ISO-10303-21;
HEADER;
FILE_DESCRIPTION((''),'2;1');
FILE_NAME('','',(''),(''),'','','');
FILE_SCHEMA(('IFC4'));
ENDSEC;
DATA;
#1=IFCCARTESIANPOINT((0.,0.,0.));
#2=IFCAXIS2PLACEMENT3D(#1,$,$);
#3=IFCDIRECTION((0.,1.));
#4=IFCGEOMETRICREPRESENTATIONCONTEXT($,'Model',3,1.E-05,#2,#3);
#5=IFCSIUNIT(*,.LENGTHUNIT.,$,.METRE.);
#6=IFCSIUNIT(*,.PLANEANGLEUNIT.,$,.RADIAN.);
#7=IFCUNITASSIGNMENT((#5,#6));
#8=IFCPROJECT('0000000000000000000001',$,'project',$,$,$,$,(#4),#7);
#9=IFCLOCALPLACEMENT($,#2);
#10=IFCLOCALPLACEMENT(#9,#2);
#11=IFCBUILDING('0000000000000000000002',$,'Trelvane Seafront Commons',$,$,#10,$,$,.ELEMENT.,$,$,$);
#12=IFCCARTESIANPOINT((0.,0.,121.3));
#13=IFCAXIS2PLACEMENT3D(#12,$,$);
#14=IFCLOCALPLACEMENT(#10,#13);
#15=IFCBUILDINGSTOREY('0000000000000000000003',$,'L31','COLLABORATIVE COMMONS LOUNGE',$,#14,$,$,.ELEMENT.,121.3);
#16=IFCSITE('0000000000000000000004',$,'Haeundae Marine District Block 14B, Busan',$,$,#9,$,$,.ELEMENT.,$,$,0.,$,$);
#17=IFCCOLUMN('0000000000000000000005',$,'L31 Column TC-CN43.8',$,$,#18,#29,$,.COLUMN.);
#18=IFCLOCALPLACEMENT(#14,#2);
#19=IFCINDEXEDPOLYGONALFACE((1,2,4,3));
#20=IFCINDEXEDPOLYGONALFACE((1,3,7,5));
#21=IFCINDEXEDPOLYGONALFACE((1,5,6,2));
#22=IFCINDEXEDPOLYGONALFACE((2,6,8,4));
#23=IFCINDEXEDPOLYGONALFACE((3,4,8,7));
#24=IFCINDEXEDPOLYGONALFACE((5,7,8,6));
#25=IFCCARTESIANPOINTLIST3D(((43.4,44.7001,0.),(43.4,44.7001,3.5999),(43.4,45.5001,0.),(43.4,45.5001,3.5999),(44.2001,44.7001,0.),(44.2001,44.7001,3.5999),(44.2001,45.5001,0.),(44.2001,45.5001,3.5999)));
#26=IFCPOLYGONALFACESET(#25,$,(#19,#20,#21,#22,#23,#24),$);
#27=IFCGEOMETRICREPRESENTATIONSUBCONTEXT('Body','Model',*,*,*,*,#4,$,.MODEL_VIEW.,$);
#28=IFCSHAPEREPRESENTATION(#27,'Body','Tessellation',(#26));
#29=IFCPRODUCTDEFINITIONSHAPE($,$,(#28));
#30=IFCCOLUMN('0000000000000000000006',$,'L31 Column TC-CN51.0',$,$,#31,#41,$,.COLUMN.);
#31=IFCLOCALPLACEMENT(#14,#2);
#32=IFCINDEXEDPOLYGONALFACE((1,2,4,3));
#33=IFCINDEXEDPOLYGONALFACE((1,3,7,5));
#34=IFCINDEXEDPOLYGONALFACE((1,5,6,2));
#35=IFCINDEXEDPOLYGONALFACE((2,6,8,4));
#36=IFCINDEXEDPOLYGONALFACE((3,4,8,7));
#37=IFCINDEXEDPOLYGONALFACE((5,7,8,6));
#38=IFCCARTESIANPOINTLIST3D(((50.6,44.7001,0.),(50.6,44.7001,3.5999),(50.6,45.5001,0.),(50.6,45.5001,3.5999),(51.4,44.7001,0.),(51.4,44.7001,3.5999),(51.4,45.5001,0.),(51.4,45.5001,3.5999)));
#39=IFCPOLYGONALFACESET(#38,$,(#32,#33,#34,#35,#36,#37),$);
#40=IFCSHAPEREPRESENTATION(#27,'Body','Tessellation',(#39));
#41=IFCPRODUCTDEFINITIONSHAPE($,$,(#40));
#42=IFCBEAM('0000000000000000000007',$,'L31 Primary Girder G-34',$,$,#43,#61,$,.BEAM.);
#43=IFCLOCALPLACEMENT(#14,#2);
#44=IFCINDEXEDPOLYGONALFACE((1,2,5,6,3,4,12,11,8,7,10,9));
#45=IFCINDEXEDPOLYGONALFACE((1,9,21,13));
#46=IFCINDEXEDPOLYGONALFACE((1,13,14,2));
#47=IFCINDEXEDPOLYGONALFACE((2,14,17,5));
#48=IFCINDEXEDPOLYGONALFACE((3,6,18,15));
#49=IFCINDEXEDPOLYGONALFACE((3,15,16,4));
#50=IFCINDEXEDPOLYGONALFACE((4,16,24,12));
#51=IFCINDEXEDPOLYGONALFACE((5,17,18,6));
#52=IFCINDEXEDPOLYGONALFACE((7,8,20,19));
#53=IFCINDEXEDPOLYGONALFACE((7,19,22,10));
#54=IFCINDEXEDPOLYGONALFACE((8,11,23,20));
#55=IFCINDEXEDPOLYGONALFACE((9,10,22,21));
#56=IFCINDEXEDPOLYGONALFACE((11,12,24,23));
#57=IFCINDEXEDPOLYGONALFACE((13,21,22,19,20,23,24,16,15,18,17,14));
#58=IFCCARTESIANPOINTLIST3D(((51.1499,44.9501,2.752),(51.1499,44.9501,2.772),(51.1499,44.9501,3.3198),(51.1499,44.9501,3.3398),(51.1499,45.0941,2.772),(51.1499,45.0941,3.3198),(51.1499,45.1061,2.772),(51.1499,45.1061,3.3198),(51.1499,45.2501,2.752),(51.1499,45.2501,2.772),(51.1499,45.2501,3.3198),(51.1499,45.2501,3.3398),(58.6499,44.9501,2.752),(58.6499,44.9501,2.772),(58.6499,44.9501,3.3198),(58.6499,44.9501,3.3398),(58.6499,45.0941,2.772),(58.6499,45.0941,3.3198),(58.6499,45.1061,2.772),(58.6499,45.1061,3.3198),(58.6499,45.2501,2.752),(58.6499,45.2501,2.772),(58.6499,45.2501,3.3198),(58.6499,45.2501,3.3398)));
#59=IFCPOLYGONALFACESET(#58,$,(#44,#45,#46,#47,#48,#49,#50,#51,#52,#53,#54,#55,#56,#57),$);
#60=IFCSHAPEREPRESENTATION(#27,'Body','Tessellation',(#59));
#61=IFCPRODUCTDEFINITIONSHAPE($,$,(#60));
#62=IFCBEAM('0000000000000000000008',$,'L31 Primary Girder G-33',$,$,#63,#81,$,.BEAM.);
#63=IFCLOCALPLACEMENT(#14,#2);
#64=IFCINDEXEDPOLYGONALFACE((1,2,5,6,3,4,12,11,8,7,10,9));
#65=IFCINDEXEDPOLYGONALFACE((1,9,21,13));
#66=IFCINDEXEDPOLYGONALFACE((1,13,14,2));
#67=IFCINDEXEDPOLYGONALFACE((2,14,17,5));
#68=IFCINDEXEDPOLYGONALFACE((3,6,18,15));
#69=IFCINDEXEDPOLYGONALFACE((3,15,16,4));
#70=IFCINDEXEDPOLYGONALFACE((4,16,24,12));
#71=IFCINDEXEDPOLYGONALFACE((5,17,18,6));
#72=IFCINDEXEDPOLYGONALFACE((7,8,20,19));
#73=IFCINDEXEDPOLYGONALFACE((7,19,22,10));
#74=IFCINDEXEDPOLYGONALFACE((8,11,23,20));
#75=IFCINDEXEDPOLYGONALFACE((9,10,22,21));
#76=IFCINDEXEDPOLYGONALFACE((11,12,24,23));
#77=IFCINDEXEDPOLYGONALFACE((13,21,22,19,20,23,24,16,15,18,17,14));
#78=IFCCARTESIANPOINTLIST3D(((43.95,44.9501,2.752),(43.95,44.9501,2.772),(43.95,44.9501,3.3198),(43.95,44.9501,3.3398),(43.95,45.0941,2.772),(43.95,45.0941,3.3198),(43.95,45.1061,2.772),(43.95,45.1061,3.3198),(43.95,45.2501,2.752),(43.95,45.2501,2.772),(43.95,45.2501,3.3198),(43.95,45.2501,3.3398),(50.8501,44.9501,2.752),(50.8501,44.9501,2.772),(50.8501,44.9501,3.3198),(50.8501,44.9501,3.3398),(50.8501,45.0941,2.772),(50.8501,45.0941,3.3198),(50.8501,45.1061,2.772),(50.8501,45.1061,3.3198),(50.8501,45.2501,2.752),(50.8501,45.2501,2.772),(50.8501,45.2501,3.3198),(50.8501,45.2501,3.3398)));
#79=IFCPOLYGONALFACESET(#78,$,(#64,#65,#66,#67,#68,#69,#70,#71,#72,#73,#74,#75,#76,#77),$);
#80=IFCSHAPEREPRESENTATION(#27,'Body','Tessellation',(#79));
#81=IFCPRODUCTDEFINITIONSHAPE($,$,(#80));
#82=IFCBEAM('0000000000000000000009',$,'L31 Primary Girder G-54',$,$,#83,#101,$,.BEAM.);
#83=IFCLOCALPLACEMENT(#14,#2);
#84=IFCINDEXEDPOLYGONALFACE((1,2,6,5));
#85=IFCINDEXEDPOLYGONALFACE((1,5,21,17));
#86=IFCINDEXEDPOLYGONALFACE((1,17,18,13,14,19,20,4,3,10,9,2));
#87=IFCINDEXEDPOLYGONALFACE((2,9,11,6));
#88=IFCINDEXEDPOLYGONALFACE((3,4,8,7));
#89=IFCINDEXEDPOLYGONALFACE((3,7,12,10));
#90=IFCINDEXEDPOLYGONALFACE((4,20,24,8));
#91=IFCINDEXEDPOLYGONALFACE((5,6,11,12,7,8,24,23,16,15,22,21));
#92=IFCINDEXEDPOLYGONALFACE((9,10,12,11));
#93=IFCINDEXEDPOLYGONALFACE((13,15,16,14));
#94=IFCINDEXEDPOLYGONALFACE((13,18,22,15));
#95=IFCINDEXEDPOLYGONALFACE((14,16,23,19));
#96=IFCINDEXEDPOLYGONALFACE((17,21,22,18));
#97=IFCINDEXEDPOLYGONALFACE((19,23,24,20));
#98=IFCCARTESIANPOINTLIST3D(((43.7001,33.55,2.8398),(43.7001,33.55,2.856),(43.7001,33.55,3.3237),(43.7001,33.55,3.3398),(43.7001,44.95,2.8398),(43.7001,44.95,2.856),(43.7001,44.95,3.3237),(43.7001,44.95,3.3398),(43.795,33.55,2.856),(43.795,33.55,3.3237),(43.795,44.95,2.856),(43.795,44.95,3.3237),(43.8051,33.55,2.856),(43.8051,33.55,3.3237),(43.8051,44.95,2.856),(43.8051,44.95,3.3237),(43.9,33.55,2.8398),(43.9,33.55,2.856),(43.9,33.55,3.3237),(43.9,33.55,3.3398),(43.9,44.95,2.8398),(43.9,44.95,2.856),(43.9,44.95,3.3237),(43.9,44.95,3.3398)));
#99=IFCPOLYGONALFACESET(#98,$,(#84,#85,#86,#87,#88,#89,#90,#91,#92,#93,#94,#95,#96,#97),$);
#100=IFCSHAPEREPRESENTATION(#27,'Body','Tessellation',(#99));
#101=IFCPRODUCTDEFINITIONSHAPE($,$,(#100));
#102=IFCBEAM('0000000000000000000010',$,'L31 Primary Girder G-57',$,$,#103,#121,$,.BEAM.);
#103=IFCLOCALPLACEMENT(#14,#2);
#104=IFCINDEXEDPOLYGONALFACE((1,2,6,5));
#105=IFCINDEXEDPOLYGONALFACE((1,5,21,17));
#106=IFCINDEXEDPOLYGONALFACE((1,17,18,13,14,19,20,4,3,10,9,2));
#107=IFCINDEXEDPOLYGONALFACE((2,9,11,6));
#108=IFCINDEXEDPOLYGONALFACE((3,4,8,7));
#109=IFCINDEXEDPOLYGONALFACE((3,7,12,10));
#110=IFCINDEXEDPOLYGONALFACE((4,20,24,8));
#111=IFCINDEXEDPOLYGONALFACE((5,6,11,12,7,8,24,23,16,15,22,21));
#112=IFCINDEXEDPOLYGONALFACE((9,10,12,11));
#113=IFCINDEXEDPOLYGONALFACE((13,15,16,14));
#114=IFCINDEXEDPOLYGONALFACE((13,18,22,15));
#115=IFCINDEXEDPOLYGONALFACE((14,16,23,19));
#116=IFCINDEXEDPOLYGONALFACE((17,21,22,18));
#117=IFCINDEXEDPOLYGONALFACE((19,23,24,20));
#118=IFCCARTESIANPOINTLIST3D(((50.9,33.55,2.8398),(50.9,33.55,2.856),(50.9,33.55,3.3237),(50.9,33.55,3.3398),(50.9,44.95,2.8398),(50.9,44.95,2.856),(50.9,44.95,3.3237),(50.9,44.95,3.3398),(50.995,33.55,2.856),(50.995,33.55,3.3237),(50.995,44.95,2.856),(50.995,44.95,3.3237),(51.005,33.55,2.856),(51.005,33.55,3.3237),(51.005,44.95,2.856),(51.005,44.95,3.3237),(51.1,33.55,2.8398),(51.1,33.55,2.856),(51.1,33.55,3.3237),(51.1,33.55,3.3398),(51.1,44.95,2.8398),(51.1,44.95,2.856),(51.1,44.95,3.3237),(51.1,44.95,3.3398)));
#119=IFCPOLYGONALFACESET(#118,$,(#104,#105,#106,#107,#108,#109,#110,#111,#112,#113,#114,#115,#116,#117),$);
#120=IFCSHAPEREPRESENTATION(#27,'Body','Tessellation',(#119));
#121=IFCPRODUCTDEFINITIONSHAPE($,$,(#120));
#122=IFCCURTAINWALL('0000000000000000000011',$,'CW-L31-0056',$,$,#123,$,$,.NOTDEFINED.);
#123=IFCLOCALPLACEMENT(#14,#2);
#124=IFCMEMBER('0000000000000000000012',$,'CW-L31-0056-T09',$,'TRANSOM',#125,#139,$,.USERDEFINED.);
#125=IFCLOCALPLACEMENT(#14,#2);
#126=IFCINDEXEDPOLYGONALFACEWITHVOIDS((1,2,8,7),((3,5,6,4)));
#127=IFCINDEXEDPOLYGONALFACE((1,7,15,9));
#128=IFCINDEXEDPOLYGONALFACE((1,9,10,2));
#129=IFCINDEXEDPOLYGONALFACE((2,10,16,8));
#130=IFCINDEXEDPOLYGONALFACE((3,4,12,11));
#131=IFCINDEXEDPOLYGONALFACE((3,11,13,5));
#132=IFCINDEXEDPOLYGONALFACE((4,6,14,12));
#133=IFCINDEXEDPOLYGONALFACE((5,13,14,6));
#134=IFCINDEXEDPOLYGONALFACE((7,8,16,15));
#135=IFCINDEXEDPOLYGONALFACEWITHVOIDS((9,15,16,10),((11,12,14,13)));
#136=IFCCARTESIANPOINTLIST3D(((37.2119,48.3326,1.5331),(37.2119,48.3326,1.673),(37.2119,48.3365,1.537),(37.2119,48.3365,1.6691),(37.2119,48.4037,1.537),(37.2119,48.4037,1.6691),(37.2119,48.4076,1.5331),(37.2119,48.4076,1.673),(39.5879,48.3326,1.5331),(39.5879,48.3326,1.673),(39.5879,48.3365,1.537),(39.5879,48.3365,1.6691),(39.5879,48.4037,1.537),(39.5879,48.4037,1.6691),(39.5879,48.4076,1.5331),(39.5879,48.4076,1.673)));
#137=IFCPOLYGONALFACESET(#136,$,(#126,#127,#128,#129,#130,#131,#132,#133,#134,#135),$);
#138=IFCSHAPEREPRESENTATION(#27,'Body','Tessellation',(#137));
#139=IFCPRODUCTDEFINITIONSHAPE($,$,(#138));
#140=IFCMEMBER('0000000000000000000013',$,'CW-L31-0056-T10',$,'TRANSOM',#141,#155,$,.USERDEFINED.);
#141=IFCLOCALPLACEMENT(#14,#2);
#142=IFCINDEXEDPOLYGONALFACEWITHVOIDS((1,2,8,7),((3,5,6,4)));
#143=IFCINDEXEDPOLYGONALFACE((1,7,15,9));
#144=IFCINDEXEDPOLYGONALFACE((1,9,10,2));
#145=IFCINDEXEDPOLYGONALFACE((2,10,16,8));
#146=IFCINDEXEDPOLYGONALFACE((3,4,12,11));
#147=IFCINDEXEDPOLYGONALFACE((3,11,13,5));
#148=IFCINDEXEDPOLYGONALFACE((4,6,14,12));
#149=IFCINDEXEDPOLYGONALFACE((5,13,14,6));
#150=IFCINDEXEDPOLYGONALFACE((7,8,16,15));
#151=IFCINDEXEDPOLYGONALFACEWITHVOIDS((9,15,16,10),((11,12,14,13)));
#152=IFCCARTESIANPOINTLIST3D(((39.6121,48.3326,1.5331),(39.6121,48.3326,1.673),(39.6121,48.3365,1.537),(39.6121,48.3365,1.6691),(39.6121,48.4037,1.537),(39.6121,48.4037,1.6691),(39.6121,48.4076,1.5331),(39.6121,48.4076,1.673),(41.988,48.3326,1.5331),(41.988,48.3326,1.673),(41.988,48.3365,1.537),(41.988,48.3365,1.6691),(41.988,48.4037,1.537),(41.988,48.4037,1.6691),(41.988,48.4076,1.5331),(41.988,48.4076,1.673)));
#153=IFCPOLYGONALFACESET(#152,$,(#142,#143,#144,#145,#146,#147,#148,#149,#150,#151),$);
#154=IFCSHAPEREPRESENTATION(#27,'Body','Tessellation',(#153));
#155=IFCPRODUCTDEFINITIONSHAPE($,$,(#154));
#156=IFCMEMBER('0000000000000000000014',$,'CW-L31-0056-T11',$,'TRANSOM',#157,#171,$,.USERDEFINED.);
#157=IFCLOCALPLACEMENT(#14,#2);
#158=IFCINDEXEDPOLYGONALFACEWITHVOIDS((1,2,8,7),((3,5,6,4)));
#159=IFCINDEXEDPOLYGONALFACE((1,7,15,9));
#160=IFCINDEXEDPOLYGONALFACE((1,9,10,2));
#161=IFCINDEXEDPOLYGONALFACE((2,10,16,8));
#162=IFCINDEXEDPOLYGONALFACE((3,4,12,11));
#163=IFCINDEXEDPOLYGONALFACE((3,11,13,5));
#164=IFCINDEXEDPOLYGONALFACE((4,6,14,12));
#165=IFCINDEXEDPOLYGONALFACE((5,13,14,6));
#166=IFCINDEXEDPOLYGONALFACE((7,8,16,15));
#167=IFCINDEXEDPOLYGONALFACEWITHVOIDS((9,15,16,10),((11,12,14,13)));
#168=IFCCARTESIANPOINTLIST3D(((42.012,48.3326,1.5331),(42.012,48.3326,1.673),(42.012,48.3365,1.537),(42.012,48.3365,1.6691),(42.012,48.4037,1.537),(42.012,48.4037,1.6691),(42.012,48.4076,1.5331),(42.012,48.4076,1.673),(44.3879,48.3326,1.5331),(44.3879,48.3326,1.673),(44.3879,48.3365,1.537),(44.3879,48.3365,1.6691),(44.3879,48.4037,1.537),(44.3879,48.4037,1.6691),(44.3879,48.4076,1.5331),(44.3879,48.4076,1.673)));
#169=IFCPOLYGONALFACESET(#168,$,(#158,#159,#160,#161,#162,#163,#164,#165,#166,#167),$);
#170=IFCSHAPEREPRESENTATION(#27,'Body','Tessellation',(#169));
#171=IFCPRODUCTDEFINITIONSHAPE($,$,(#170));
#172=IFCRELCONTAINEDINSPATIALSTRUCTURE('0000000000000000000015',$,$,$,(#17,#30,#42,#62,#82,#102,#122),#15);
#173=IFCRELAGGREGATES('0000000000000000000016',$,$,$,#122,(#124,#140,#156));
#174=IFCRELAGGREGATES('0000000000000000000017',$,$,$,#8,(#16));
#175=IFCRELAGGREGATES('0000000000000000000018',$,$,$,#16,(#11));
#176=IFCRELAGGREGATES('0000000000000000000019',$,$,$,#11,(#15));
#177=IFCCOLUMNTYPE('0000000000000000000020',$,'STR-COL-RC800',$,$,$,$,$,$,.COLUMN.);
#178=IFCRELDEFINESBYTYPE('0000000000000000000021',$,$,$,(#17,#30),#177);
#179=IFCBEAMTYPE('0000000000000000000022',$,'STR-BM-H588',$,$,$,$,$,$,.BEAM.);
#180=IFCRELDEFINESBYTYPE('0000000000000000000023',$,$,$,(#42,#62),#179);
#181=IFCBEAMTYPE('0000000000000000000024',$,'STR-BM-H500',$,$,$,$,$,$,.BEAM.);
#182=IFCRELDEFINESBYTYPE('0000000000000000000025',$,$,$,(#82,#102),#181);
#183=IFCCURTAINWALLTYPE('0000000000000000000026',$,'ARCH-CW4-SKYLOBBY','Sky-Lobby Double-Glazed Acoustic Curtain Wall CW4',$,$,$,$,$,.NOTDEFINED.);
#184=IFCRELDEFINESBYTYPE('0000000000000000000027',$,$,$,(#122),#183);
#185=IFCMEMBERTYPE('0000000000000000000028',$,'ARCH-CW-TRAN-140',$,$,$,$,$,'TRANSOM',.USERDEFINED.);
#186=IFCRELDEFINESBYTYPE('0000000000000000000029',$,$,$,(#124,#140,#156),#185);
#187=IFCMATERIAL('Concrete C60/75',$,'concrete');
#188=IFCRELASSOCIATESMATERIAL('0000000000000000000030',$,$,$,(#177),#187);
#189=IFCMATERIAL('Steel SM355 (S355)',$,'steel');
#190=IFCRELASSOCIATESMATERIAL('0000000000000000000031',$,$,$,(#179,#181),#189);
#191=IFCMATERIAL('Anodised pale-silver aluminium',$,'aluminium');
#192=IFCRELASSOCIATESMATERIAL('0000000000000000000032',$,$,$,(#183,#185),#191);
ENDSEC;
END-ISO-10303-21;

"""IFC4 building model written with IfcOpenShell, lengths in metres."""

from ifc_helpers import new_model, si_unit, direction, frame, origin, origin_2d, place, context, subcontext, project, spatial, rectangle, hollow_rectangle, i_section, extrude, source, transform, mapped, material, material_profile, profile_set, type_object, element, aggregate, save


model = new_model("IFC4")

# Units and contexts
model_context = context("Model", 3, precision=1e-05, world=origin(), true_north=direction((0.0, 1.0)))
body_context = subcontext(model_context, "Body", "Model", "MODEL_VIEW")
ifc_project = project(units=[si_unit("LENGTHUNIT", "METRE"), si_unit("PLANEANGLEUNIT", "RADIAN")], contexts=[model_context])

# Site, building, storey
site_placement = place(None, origin())
site = spatial("IfcSite", under=ifc_project, at=site_placement, Name="Haeundae Marine District Block 14B, Busan", CompositionType="ELEMENT", RefElevation=0.0)
building_placement = place(site_placement, origin())
building = spatial("IfcBuilding", under=site, at=building_placement, Name="Trelvane Seafront Commons", CompositionType="ELEMENT")
storey_placement = place(building_placement, frame((0.0, 0.0, 121.3)))
storey = spatial("IfcBuildingStorey", under=building, at=storey_placement, Name="L31", Description="COLLABORATIVE COMMONS LOUNGE", CompositionType="ELEMENT", Elevation=121.3)

# Columns
ifc_material_1 = material(Name="Concrete C60/75", Category="concrete")
ifc_material_profile_1 = material_profile(ifc_material_1, rectangle(XDim=0.8, YDim=0.8, at=origin_2d()), Name="RC-800x800")
ifc_profile_set_1 = profile_set([ifc_material_profile_1], Name="Concrete C60/75")
column_type = type_object("IfcColumnType", Name="STR-COL-RC800", PredefinedType="COLUMN", material=ifc_profile_set_1)
shared_shape_1 = source(origin(), body_context, "Body", "SweptSolid", [
    extrude(rectangle(XDim=0.8, YDim=0.8, at=origin_2d()), origin(), (0.0, 0.0, 1.0), 3.5999),
])
for number, where, z_axis, x_axis, name in (
    (1, (43.8, 45.1001, 0.0), (0.0, 0.0, 1.0), (1.0, 0.0, 0.0), "L31 Column TC-CN43.8"),
    (2, (51.0, 45.1001, 0.0), (0.0, 0.0, 1.0), (1.0, 0.0, 0.0), "L31 Column TC-CN51.0"),
):
    element("IfcColumn", number, at=place(storey_placement, frame(where, z_axis=z_axis, x_axis=x_axis)), inside=storey, type_object=column_type, Name=name, PredefinedType="COLUMN", context=body_context, shape_type="MappedRepresentation", body=[
        mapped(shared_shape_1, transform((0.0, 0.0, 0.0), x_axis=(1.0, 0.0, 0.0), y_axis=(0.0, 1.0, 0.0), z_axis=(0.0, 0.0, 1.0), scale=1.0)),
    ])

# Beams
ifc_material_2 = material(Name="Steel SM355 (S355)", Category="steel")
ifc_material_profile_2 = material_profile(ifc_material_2, i_section(OverallWidth=0.3, OverallDepth=0.5879, WebThickness=0.012, FlangeThickness=0.02, at=origin_2d()), Name="H-588x300x12x20")
ifc_profile_set_2 = profile_set([ifc_material_profile_2], Name="Steel SM355 (S355)")
beam_type_1 = type_object("IfcBeamType", Name="STR-BM-H588", PredefinedType="BEAM", material=ifc_profile_set_2)
shared_shape_2 = source(origin(), body_context, "Body", "SweptSolid", [
    extrude(i_section(OverallWidth=0.3, OverallDepth=0.5879, WebThickness=0.012, FlangeThickness=0.02, at=origin_2d()), origin(), (0.0, 0.0, 1.0), 7.5),
])
beam_1_placement = place(storey_placement, frame((51.1499, 45.1001, 3.0459), z_axis=(1.0, 0.0, 0.0), x_axis=(0.0, 1.0, 0.0)))
element("IfcBeam", 3, at=beam_1_placement, inside=storey, type_object=beam_type_1, Name="L31 Primary Girder G-34", PredefinedType="BEAM", context=body_context, shape_type="MappedRepresentation", body=[
    mapped(shared_shape_2, transform((0.0, 0.0, 0.0), x_axis=(1.0, 0.0, 0.0), y_axis=(0.0, 1.0, 0.0), z_axis=(0.0, 0.0, 1.0), scale=1.0)),
])
shared_shape_3 = source(origin(), body_context, "Body", "SweptSolid", [
    extrude(i_section(OverallWidth=0.3, OverallDepth=0.5879, WebThickness=0.012, FlangeThickness=0.02, at=origin_2d()), origin(), (0.0, 0.0, 1.0), 6.9001),
])
beam_2_placement = place(storey_placement, frame((43.95, 45.1001, 3.0459), z_axis=(1.0, 0.0, 0.0), x_axis=(0.0, 1.0, 0.0)))
element("IfcBeam", 4, at=beam_2_placement, inside=storey, type_object=beam_type_1, Name="L31 Primary Girder G-33", PredefinedType="BEAM", context=body_context, shape_type="MappedRepresentation", body=[
    mapped(shared_shape_3, transform((0.0, 0.0, 0.0), x_axis=(1.0, 0.0, 0.0), y_axis=(0.0, 1.0, 0.0), z_axis=(0.0, 0.0, 1.0), scale=1.0)),
])
ifc_material_profile_3 = material_profile(ifc_material_2, i_section(OverallWidth=0.2, OverallDepth=0.5, WebThickness=0.01, FlangeThickness=0.0161, at=origin_2d()), Name="H-500x200x10x16")
ifc_profile_set_3 = profile_set([ifc_material_profile_3], Name="Steel SM355 (S355)")
beam_type_2 = type_object("IfcBeamType", Name="STR-BM-H500", PredefinedType="BEAM", material=ifc_profile_set_3)
shared_shape_4 = source(origin(), body_context, "Body", "SweptSolid", [
    extrude(i_section(OverallWidth=0.2, OverallDepth=0.5, WebThickness=0.01, FlangeThickness=0.0161, at=origin_2d()), origin(), (0.0, 0.0, 1.0), 11.3999),
])
for number, where, z_axis, x_axis, name in (
    (5, (43.8, 33.55, 3.0898), (0.0, 1.0, 0.0), (-1.0, 0.0, 0.0), "L31 Primary Girder G-54"),
    (6, (51.0, 33.55, 3.0898), (0.0, 1.0, 0.0), (-1.0, 0.0, 0.0), "L31 Primary Girder G-57"),
):
    element("IfcBeam", number, at=place(storey_placement, frame(where, z_axis=z_axis, x_axis=x_axis)), inside=storey, type_object=beam_type_2, Name=name, PredefinedType="BEAM", context=body_context, shape_type="MappedRepresentation", body=[
        mapped(shared_shape_4, transform((0.0, 0.0, 0.0), x_axis=(1.0, 0.0, 0.0), y_axis=(0.0, 1.0, 0.0), z_axis=(0.0, 0.0, 1.0), scale=1.0)),
    ])

# Curtain wall, members
ifc_material_3 = material(Name="Anodised pale-silver aluminium", Category="aluminium")
curtain_wall_type = type_object("IfcCurtainWallType", Name="ARCH-CW4-SKYLOBBY", Description="Sky-Lobby Double-Glazed Acoustic Curtain Wall CW4", PredefinedType="NOTDEFINED", material=ifc_material_3)
curtain_wall_placement = place(storey_placement, origin())
curtain_wall = element("IfcCurtainWall", 7, at=curtain_wall_placement, inside=storey, type_object=curtain_wall_type, Name="CW-L31-0056", PredefinedType="NOTDEFINED")
ifc_material_profile_4 = material_profile(ifc_material_3, hollow_rectangle(XDim=0.075, YDim=0.1399, WallThickness=0.0039, at=origin_2d()), Name="TRAN-75x140x4")
ifc_profile_set_4 = profile_set([ifc_material_profile_4], Name="Anodised pale-silver aluminium")
member_type_1 = type_object("IfcMemberType", Name="ARCH-CW-TRAN-140", ElementType="TRANSOM", PredefinedType="USERDEFINED", material=ifc_profile_set_4)
shared_shape_5 = source(origin(), body_context, "Body", "SweptSolid", [
    extrude(hollow_rectangle(XDim=0.075, YDim=0.1399, WallThickness=0.0039, at=origin_2d()), origin(), (0.0, 0.0, 1.0), 2.376),
])
member_1_placement = place(storey_placement, frame((37.2119, 48.3701, 1.603), z_axis=(1.0, 0.0, 0.0), x_axis=(0.0, 1.0, 0.0)))
member_1 = element("IfcMember", 8, at=member_1_placement, type_object=member_type_1, Name="CW-L31-0056-T09", ObjectType="TRANSOM", PredefinedType="USERDEFINED", context=body_context, shape_type="MappedRepresentation", body=[
    mapped(shared_shape_5, transform((0.0, 0.0, 0.0), x_axis=(1.0, 0.0, 0.0), y_axis=(0.0, 1.0, 0.0), z_axis=(0.0, 0.0, 1.0), scale=1.0)),
])
member_2_placement = place(storey_placement, frame((39.6121, 48.3701, 1.603), z_axis=(1.0, 0.0, 0.0), x_axis=(0.0, 1.0, 0.0)))
member_2 = element("IfcMember", 9, at=member_2_placement, type_object=member_type_1, Name="CW-L31-0056-T10", ObjectType="TRANSOM", PredefinedType="USERDEFINED", context=body_context, shape_type="MappedRepresentation", body=[
    mapped(shared_shape_5, transform((0.0, 0.0, 0.0), x_axis=(1.0, 0.0, 0.0), y_axis=(0.0, 1.0, 0.0), z_axis=(0.0, 0.0, 1.0), scale=1.0)),
])
member_3_placement = place(storey_placement, frame((42.012, 48.3701, 1.603), z_axis=(1.0, 0.0, 0.0), x_axis=(0.0, 1.0, 0.0)))
member_3 = element("IfcMember", 10, at=member_3_placement, type_object=member_type_1, Name="CW-L31-0056-T11", ObjectType="TRANSOM", PredefinedType="USERDEFINED", context=body_context, shape_type="MappedRepresentation", body=[
    mapped(shared_shape_5, transform((0.0, 0.0, 0.0), x_axis=(1.0, 0.0, 0.0), y_axis=(0.0, 1.0, 0.0), z_axis=(0.0, 0.0, 1.0), scale=1.0)),
])
aggregate(curtain_wall, [member_1, member_2, member_3])

save(model, "model.ifc")
